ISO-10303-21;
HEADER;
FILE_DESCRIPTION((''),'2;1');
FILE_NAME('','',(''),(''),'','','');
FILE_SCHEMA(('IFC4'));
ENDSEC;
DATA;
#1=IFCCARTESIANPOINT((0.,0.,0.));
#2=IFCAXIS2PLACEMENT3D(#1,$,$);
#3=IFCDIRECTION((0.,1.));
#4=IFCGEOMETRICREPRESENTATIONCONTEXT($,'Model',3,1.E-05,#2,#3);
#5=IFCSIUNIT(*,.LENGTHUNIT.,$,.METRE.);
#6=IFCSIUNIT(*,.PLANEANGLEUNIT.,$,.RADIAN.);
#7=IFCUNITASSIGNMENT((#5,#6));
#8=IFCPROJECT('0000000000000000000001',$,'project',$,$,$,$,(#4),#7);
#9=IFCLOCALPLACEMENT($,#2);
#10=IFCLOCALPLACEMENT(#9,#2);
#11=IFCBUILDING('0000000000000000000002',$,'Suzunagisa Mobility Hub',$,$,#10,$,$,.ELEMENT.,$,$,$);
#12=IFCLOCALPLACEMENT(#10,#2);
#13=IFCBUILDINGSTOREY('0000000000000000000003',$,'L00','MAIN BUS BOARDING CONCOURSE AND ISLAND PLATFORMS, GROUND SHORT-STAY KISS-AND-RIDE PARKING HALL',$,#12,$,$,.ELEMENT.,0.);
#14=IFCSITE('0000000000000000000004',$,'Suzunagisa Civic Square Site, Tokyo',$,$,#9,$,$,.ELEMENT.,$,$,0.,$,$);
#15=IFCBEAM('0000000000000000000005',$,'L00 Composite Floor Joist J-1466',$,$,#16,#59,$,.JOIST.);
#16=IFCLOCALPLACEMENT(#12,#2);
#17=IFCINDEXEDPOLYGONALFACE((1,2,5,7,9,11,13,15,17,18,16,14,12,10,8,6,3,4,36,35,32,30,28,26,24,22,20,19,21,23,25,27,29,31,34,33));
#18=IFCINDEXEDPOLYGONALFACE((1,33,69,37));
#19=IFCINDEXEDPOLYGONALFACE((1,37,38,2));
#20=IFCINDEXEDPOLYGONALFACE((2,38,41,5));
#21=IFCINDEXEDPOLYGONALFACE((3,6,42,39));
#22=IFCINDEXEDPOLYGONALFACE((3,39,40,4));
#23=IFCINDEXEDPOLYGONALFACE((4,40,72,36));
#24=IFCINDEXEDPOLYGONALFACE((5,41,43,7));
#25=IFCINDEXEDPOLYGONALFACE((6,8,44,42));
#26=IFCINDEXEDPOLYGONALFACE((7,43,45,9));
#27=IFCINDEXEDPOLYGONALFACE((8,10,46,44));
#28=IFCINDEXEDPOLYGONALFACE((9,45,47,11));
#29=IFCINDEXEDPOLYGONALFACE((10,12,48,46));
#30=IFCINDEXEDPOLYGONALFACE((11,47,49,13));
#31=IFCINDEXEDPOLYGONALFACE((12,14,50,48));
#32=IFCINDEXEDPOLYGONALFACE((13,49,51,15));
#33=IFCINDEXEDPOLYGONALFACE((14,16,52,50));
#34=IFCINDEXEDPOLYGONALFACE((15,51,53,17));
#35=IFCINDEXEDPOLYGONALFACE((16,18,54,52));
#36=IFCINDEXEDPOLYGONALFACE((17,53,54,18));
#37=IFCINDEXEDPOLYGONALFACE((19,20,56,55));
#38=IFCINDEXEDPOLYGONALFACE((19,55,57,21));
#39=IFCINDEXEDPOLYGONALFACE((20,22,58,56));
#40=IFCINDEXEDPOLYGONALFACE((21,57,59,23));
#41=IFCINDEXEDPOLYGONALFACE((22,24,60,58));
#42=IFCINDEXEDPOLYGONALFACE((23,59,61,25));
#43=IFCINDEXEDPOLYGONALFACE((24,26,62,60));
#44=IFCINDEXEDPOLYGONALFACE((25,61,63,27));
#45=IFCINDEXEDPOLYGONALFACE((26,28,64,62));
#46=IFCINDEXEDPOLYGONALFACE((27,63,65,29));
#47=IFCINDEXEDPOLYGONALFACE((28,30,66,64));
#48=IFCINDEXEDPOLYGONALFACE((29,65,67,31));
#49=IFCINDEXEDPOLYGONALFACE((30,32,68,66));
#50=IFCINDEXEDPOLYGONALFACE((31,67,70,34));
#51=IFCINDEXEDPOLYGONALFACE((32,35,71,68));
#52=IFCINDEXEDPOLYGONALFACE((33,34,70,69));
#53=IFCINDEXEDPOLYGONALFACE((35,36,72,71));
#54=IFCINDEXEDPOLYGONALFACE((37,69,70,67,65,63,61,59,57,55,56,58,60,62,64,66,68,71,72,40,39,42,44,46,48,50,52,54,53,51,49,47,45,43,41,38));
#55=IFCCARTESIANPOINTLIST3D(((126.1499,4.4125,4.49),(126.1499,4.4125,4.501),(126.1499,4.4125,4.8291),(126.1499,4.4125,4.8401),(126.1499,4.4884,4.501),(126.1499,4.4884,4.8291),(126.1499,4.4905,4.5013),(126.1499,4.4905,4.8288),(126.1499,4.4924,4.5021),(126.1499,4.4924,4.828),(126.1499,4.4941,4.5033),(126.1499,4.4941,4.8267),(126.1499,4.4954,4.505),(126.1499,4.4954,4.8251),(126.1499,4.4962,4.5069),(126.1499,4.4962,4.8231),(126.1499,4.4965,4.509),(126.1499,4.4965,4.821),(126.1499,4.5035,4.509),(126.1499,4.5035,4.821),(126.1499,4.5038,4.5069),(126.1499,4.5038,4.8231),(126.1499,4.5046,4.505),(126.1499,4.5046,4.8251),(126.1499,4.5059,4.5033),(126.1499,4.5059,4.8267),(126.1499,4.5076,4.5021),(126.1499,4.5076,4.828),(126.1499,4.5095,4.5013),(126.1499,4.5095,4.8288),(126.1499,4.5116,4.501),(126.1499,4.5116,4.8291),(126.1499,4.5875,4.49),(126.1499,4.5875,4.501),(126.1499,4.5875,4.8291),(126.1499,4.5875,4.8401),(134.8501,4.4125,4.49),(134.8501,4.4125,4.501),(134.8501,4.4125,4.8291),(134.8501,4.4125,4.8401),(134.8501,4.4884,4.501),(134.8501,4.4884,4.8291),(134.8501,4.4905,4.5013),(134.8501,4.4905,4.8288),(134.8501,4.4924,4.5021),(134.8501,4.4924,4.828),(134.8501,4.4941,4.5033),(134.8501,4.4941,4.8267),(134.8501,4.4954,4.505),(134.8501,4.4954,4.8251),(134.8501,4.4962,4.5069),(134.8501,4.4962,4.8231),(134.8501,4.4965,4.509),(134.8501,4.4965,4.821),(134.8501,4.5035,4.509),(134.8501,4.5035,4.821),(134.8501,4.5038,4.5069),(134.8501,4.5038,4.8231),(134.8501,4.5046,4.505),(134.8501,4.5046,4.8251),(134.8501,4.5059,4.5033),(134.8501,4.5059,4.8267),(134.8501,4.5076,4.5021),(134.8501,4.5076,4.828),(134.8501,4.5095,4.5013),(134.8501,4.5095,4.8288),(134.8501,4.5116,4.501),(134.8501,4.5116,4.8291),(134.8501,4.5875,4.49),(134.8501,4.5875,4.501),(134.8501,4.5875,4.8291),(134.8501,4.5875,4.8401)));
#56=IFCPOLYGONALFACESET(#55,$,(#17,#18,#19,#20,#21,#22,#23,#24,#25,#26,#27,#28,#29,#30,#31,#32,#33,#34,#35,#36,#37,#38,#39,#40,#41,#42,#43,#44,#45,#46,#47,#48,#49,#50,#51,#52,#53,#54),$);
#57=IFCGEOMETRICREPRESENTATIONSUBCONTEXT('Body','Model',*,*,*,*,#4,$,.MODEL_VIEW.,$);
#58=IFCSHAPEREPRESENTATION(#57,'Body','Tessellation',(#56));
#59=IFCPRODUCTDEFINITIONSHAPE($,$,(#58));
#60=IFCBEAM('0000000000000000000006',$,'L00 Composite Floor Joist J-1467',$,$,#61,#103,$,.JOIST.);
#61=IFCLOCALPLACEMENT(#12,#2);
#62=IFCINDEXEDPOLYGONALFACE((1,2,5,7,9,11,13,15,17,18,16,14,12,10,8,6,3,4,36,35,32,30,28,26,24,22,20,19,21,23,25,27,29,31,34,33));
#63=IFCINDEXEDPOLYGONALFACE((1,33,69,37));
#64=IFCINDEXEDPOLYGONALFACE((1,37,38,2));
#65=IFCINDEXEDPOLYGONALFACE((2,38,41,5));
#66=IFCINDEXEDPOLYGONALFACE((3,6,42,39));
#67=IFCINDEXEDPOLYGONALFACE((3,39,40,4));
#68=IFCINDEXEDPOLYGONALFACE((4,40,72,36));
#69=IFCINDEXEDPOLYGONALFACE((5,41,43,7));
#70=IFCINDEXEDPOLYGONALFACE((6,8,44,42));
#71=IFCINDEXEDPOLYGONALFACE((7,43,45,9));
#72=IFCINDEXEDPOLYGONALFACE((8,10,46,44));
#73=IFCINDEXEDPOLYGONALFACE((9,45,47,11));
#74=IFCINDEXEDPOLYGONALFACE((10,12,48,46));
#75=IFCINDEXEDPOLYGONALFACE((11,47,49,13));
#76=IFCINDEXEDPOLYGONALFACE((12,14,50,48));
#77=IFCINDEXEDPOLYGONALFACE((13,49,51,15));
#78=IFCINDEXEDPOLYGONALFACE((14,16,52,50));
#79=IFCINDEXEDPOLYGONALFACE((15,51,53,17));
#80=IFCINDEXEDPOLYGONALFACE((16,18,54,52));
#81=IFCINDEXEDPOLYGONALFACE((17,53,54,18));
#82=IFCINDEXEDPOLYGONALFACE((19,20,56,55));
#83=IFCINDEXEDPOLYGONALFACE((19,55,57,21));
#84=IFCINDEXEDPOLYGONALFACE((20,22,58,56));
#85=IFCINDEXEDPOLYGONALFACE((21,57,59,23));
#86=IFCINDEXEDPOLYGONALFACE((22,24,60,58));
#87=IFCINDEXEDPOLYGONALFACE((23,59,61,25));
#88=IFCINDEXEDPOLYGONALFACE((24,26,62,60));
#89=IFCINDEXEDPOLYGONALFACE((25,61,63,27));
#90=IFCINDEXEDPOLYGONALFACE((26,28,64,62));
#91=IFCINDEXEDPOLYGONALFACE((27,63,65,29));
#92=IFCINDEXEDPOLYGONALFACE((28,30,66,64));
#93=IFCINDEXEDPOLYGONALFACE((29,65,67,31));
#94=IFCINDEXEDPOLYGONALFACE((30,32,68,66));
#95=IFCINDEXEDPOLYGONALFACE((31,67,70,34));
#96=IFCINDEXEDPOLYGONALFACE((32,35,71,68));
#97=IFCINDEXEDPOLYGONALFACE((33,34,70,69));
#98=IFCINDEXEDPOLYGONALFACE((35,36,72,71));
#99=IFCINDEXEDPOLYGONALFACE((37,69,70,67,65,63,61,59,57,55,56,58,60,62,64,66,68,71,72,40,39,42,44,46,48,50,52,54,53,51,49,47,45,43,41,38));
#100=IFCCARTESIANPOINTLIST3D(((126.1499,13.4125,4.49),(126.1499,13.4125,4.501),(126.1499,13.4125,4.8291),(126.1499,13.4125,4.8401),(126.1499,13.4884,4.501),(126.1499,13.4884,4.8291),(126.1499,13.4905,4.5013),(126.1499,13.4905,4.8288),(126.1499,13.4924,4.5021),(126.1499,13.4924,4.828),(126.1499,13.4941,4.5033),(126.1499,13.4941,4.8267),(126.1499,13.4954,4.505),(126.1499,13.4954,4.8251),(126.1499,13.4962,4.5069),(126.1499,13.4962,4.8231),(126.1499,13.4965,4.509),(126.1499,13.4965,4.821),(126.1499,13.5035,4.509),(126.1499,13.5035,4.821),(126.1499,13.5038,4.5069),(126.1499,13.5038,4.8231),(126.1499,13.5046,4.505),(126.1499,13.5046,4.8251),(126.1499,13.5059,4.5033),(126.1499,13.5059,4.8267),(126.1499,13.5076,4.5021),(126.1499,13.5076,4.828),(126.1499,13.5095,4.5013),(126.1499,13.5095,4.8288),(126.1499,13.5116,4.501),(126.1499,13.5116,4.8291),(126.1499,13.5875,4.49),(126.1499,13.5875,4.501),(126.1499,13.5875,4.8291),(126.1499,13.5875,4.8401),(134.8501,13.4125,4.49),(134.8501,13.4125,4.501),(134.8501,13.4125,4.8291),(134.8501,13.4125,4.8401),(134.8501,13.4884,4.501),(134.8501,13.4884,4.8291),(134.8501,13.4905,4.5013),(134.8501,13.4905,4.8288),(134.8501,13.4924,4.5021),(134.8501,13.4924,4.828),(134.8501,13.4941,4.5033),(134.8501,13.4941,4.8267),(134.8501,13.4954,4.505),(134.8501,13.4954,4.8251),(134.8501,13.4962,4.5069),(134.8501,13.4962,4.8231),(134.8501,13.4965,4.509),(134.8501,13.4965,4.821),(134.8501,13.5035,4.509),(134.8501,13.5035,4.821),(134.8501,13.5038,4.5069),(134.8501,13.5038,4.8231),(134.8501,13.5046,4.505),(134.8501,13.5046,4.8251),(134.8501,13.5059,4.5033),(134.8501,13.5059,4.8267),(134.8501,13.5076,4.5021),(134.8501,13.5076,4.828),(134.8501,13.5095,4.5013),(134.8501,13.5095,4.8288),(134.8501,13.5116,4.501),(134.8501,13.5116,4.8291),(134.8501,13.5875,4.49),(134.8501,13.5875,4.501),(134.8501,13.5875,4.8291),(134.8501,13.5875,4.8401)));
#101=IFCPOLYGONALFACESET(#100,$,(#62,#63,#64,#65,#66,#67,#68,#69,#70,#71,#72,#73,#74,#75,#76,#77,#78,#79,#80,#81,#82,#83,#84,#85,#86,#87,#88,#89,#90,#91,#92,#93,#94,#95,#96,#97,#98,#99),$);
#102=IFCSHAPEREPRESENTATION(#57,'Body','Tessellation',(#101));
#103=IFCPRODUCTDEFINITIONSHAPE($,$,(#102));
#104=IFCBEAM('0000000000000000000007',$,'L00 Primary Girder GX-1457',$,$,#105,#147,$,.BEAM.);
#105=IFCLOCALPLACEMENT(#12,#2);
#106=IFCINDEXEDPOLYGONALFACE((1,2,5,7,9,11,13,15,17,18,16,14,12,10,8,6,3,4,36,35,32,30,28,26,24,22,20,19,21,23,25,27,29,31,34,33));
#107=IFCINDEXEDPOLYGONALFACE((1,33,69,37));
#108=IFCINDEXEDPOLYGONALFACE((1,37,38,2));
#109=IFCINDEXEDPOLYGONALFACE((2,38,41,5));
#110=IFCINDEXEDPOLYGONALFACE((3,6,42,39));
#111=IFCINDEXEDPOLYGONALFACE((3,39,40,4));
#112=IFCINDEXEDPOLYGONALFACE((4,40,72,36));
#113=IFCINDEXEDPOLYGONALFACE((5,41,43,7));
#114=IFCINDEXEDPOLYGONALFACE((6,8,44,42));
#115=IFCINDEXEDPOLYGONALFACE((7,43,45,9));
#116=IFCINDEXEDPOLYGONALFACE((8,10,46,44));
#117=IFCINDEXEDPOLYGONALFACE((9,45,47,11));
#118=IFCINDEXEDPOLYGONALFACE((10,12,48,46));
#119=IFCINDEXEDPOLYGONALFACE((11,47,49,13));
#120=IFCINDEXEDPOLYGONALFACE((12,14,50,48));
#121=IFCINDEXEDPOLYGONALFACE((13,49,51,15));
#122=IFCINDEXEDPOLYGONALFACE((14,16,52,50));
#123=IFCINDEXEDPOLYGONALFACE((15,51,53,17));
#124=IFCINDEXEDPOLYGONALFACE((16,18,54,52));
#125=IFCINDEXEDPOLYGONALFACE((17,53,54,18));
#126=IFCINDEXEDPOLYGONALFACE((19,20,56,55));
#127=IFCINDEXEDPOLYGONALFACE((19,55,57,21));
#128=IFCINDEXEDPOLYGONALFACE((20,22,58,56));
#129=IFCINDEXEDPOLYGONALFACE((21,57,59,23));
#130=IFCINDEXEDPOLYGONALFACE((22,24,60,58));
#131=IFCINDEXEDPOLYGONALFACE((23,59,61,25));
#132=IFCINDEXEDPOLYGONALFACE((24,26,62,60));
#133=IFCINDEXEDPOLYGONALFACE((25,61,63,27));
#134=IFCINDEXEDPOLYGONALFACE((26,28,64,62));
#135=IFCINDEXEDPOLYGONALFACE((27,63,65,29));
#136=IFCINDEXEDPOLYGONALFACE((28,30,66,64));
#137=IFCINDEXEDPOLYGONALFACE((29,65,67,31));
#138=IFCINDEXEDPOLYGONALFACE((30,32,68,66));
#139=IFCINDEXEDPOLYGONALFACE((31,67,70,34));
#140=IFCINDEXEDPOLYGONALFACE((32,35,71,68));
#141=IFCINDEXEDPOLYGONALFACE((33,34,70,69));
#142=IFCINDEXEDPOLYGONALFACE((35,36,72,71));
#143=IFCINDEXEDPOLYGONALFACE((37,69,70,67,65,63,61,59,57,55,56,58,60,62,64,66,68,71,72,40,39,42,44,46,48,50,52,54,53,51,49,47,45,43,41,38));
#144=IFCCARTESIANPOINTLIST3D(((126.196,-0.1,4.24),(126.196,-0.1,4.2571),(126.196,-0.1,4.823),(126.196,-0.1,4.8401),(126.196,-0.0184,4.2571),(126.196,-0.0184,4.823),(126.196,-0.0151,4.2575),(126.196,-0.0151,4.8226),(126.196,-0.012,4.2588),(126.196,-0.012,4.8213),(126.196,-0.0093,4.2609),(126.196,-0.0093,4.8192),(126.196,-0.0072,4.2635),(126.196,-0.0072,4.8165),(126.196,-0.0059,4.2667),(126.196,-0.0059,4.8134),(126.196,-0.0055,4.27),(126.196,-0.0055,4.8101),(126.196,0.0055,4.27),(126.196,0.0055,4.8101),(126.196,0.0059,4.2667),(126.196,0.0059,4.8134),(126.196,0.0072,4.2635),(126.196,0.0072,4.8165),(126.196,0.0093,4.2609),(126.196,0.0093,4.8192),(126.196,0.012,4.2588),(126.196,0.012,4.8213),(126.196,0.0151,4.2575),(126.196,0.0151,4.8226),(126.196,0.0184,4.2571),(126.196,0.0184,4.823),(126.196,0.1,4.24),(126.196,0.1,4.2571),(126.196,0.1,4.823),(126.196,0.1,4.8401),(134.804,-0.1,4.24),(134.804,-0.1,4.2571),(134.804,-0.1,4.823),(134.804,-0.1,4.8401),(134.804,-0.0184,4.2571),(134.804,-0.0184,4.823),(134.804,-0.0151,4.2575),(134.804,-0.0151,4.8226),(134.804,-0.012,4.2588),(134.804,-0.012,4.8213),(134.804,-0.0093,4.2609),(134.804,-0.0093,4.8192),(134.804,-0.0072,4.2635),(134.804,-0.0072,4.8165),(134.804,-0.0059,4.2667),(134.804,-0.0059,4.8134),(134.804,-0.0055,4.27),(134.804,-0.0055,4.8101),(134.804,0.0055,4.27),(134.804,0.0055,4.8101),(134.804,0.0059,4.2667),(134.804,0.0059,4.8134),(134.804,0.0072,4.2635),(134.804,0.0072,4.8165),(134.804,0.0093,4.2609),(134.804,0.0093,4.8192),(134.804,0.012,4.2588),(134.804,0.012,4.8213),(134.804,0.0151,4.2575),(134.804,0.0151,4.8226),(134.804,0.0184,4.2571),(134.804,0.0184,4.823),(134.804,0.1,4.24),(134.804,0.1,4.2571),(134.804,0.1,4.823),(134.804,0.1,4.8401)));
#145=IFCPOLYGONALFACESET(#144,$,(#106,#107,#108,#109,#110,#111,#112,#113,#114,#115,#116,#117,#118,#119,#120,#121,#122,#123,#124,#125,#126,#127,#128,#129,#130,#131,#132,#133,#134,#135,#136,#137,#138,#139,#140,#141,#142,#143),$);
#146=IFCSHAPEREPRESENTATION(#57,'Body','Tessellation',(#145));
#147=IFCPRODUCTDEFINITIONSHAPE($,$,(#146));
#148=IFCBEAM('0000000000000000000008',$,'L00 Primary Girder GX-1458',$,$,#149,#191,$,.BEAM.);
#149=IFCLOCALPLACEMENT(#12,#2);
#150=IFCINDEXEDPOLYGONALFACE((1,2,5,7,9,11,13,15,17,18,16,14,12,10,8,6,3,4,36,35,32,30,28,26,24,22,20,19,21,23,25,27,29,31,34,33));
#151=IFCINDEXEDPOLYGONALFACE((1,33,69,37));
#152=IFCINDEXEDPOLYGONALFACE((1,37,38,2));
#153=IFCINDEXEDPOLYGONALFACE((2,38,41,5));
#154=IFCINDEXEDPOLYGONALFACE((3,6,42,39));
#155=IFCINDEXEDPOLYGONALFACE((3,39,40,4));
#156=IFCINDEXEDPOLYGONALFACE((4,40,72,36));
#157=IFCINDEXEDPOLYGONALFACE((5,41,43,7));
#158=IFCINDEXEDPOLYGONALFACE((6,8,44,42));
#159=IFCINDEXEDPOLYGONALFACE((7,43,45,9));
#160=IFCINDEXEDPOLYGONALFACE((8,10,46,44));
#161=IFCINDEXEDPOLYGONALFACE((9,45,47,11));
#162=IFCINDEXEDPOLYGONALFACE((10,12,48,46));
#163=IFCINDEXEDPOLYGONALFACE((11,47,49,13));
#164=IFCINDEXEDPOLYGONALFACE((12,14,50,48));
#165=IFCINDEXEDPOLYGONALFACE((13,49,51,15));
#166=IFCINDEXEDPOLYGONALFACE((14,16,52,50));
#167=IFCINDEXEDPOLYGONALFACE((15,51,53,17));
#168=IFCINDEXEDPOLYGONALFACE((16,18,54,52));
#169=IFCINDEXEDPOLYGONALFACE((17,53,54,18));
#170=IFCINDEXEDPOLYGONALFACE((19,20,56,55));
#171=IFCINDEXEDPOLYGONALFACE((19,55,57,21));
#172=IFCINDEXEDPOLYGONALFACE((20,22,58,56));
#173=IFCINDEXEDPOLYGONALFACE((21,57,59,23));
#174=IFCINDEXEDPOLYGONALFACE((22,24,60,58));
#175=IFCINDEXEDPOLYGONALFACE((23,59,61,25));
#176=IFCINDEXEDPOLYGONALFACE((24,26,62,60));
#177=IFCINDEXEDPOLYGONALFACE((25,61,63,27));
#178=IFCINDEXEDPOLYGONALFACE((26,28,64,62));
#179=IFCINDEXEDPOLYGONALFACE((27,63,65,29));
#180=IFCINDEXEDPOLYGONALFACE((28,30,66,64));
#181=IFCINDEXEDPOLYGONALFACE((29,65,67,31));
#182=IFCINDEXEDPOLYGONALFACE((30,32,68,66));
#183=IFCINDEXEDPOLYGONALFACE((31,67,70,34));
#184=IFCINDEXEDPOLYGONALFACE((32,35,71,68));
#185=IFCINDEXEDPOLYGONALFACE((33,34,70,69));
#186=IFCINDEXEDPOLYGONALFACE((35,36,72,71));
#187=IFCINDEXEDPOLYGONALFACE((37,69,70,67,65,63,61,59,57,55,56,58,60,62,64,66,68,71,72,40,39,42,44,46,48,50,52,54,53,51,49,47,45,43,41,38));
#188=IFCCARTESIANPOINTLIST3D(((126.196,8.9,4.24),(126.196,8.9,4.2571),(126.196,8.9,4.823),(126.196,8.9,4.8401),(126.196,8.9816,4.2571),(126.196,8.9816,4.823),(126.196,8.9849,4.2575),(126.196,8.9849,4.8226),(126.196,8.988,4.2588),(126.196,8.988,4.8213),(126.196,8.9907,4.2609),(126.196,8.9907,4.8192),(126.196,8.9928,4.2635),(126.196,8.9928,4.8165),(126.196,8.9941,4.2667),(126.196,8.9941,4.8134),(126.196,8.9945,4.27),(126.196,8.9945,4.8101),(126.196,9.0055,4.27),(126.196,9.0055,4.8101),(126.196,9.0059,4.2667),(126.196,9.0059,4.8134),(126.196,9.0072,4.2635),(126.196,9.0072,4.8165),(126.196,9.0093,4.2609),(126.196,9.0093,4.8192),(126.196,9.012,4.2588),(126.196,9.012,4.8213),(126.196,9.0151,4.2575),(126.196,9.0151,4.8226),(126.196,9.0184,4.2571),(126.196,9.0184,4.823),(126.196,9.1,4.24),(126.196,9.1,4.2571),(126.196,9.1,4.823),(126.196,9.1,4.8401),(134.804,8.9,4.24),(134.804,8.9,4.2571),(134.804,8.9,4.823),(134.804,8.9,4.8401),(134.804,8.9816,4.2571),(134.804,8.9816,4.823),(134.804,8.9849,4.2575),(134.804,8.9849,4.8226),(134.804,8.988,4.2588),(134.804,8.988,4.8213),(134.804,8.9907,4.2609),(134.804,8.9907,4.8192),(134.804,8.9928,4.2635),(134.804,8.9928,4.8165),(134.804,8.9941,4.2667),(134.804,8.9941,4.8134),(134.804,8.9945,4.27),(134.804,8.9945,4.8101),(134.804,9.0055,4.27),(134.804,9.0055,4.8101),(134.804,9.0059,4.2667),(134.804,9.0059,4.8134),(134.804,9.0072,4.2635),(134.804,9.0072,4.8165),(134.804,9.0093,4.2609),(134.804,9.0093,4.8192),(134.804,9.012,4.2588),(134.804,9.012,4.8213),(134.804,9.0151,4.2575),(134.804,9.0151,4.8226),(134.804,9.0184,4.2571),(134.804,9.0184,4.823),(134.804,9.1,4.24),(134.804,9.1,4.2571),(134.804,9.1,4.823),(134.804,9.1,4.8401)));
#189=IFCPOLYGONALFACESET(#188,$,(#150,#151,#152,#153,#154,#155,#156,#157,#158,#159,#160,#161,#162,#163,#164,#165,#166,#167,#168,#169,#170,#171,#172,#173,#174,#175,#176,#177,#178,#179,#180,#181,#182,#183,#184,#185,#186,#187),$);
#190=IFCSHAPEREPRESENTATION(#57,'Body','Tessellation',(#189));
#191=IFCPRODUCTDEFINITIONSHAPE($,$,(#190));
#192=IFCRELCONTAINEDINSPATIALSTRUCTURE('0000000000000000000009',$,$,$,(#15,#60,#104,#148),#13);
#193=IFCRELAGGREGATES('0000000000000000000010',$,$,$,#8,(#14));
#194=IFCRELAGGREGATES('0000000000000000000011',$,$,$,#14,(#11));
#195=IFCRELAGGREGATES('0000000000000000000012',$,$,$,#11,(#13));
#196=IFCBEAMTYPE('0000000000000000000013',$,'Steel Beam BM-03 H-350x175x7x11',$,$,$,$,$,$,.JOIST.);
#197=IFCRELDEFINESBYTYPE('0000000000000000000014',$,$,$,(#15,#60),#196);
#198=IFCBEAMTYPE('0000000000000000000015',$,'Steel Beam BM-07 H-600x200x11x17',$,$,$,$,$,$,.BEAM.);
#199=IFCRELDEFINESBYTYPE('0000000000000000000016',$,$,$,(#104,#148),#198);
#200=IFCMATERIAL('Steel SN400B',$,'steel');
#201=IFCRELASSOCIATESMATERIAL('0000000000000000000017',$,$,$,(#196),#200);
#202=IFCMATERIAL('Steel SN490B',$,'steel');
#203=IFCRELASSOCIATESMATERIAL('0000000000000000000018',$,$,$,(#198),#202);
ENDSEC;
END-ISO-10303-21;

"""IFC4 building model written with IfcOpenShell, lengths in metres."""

from ifc_helpers import new_model, si_unit, direction, frame, origin, origin_2d, place, context, subcontext, project, spatial, i_section, extrude, material, material_profile, profile_set, type_object, element, save


model = new_model("IFC4")

# Units and contexts
model_context = context("Model", 3, precision=1e-05, world=origin(), true_north=direction((0.0, 1.0)))
body_context = subcontext(model_context, "Body", "Model", "MODEL_VIEW")
ifc_project = project(units=[si_unit("LENGTHUNIT", "METRE"), si_unit("PLANEANGLEUNIT", "RADIAN")], contexts=[model_context])

# Site, building, storey
site_placement = place(None, origin())
site = spatial("IfcSite", under=ifc_project, at=site_placement, Name="Suzunagisa Civic Square Site, Tokyo", CompositionType="ELEMENT", RefElevation=0.0)
building_placement = place(site_placement, origin())
building = spatial("IfcBuilding", under=site, at=building_placement, Name="Suzunagisa Mobility Hub", CompositionType="ELEMENT")
storey_placement = place(building_placement, origin())
storey = spatial("IfcBuildingStorey", under=building, at=storey_placement, Name="L00", Description="MAIN BUS BOARDING CONCOURSE AND ISLAND PLATFORMS, GROUND SHORT-STAY KISS-AND-RIDE PARKING HALL", CompositionType="ELEMENT", Elevation=0.0)

# Shared definitions
ifc_material_1 = material(Name="Steel SN490B", Category="steel")

# Beams
ifc_material_2 = material(Name="Steel SN400B", Category="steel")
ifc_material_profile_1 = material_profile(ifc_material_2, i_section(OverallWidth=0.175, OverallDepth=0.3501, WebThickness=0.0071, FlangeThickness=0.011, FilletRadius=0.0081, at=origin_2d()), Name="H-350x175x7x11")
ifc_profile_set_1 = profile_set([ifc_material_profile_1], Name="Steel SN400B")
beam_type_1 = type_object("IfcBeamType", Name="Steel Beam BM-03 H-350x175x7x11", PredefinedType="JOIST", material=ifc_profile_set_1)
for number, where, z_axis, x_axis, name in (
    (1, (126.1499, 4.5, 4.665), (1.0, 0.0, 0.0), (0.0, 1.0, 0.0), "L00 Composite Floor Joist J-1466"),
    (2, (126.1499, 13.5, 4.665), (1.0, 0.0, 0.0), (0.0, 1.0, 0.0), "L00 Composite Floor Joist J-1467"),
):
    element("IfcBeam", number, at=place(storey_placement, frame(where, z_axis=z_axis, x_axis=x_axis)), inside=storey, type_object=beam_type_1, Name=name, PredefinedType="JOIST", context=body_context, shape_type="SweptSolid", body=[
        extrude(i_section(OverallWidth=0.175, OverallDepth=0.3501, WebThickness=0.0071, FlangeThickness=0.011, FilletRadius=0.0081, at=origin_2d()), origin(), (0.0, 0.0, 1.0), 8.7002),
    ])
ifc_material_profile_2 = material_profile(ifc_material_1, i_section(OverallWidth=0.2, OverallDepth=0.6001, WebThickness=0.011, FlangeThickness=0.0171, FilletRadius=0.0129, at=origin_2d()), Name="H-600x200x11x17")
ifc_profile_set_2 = profile_set([ifc_material_profile_2], Name="Steel SN490B")
beam_type_2 = type_object("IfcBeamType", Name="Steel Beam BM-07 H-600x200x11x17", PredefinedType="BEAM", material=ifc_profile_set_2)
for number, where, z_axis, x_axis, name in (
    (3, (126.196, 0.0, 4.54), (1.0, 0.0, 0.0), (0.0, 1.0, 0.0), "L00 Primary Girder GX-1457"),
    (4, (126.196, 9.0, 4.54), (1.0, 0.0, 0.0), (0.0, 1.0, 0.0), "L00 Primary Girder GX-1458"),
):
    element("IfcBeam", number, at=place(storey_placement, frame(where, z_axis=z_axis, x_axis=x_axis)), inside=storey, type_object=beam_type_2, Name=name, PredefinedType="BEAM", context=body_context, shape_type="SweptSolid", body=[
        extrude(i_section(OverallWidth=0.2, OverallDepth=0.6001, WebThickness=0.011, FlangeThickness=0.0171, FilletRadius=0.0129, at=origin_2d()), origin(), (0.0, 0.0, 1.0), 8.6079),
    ])

save(model, "model.ifc")
